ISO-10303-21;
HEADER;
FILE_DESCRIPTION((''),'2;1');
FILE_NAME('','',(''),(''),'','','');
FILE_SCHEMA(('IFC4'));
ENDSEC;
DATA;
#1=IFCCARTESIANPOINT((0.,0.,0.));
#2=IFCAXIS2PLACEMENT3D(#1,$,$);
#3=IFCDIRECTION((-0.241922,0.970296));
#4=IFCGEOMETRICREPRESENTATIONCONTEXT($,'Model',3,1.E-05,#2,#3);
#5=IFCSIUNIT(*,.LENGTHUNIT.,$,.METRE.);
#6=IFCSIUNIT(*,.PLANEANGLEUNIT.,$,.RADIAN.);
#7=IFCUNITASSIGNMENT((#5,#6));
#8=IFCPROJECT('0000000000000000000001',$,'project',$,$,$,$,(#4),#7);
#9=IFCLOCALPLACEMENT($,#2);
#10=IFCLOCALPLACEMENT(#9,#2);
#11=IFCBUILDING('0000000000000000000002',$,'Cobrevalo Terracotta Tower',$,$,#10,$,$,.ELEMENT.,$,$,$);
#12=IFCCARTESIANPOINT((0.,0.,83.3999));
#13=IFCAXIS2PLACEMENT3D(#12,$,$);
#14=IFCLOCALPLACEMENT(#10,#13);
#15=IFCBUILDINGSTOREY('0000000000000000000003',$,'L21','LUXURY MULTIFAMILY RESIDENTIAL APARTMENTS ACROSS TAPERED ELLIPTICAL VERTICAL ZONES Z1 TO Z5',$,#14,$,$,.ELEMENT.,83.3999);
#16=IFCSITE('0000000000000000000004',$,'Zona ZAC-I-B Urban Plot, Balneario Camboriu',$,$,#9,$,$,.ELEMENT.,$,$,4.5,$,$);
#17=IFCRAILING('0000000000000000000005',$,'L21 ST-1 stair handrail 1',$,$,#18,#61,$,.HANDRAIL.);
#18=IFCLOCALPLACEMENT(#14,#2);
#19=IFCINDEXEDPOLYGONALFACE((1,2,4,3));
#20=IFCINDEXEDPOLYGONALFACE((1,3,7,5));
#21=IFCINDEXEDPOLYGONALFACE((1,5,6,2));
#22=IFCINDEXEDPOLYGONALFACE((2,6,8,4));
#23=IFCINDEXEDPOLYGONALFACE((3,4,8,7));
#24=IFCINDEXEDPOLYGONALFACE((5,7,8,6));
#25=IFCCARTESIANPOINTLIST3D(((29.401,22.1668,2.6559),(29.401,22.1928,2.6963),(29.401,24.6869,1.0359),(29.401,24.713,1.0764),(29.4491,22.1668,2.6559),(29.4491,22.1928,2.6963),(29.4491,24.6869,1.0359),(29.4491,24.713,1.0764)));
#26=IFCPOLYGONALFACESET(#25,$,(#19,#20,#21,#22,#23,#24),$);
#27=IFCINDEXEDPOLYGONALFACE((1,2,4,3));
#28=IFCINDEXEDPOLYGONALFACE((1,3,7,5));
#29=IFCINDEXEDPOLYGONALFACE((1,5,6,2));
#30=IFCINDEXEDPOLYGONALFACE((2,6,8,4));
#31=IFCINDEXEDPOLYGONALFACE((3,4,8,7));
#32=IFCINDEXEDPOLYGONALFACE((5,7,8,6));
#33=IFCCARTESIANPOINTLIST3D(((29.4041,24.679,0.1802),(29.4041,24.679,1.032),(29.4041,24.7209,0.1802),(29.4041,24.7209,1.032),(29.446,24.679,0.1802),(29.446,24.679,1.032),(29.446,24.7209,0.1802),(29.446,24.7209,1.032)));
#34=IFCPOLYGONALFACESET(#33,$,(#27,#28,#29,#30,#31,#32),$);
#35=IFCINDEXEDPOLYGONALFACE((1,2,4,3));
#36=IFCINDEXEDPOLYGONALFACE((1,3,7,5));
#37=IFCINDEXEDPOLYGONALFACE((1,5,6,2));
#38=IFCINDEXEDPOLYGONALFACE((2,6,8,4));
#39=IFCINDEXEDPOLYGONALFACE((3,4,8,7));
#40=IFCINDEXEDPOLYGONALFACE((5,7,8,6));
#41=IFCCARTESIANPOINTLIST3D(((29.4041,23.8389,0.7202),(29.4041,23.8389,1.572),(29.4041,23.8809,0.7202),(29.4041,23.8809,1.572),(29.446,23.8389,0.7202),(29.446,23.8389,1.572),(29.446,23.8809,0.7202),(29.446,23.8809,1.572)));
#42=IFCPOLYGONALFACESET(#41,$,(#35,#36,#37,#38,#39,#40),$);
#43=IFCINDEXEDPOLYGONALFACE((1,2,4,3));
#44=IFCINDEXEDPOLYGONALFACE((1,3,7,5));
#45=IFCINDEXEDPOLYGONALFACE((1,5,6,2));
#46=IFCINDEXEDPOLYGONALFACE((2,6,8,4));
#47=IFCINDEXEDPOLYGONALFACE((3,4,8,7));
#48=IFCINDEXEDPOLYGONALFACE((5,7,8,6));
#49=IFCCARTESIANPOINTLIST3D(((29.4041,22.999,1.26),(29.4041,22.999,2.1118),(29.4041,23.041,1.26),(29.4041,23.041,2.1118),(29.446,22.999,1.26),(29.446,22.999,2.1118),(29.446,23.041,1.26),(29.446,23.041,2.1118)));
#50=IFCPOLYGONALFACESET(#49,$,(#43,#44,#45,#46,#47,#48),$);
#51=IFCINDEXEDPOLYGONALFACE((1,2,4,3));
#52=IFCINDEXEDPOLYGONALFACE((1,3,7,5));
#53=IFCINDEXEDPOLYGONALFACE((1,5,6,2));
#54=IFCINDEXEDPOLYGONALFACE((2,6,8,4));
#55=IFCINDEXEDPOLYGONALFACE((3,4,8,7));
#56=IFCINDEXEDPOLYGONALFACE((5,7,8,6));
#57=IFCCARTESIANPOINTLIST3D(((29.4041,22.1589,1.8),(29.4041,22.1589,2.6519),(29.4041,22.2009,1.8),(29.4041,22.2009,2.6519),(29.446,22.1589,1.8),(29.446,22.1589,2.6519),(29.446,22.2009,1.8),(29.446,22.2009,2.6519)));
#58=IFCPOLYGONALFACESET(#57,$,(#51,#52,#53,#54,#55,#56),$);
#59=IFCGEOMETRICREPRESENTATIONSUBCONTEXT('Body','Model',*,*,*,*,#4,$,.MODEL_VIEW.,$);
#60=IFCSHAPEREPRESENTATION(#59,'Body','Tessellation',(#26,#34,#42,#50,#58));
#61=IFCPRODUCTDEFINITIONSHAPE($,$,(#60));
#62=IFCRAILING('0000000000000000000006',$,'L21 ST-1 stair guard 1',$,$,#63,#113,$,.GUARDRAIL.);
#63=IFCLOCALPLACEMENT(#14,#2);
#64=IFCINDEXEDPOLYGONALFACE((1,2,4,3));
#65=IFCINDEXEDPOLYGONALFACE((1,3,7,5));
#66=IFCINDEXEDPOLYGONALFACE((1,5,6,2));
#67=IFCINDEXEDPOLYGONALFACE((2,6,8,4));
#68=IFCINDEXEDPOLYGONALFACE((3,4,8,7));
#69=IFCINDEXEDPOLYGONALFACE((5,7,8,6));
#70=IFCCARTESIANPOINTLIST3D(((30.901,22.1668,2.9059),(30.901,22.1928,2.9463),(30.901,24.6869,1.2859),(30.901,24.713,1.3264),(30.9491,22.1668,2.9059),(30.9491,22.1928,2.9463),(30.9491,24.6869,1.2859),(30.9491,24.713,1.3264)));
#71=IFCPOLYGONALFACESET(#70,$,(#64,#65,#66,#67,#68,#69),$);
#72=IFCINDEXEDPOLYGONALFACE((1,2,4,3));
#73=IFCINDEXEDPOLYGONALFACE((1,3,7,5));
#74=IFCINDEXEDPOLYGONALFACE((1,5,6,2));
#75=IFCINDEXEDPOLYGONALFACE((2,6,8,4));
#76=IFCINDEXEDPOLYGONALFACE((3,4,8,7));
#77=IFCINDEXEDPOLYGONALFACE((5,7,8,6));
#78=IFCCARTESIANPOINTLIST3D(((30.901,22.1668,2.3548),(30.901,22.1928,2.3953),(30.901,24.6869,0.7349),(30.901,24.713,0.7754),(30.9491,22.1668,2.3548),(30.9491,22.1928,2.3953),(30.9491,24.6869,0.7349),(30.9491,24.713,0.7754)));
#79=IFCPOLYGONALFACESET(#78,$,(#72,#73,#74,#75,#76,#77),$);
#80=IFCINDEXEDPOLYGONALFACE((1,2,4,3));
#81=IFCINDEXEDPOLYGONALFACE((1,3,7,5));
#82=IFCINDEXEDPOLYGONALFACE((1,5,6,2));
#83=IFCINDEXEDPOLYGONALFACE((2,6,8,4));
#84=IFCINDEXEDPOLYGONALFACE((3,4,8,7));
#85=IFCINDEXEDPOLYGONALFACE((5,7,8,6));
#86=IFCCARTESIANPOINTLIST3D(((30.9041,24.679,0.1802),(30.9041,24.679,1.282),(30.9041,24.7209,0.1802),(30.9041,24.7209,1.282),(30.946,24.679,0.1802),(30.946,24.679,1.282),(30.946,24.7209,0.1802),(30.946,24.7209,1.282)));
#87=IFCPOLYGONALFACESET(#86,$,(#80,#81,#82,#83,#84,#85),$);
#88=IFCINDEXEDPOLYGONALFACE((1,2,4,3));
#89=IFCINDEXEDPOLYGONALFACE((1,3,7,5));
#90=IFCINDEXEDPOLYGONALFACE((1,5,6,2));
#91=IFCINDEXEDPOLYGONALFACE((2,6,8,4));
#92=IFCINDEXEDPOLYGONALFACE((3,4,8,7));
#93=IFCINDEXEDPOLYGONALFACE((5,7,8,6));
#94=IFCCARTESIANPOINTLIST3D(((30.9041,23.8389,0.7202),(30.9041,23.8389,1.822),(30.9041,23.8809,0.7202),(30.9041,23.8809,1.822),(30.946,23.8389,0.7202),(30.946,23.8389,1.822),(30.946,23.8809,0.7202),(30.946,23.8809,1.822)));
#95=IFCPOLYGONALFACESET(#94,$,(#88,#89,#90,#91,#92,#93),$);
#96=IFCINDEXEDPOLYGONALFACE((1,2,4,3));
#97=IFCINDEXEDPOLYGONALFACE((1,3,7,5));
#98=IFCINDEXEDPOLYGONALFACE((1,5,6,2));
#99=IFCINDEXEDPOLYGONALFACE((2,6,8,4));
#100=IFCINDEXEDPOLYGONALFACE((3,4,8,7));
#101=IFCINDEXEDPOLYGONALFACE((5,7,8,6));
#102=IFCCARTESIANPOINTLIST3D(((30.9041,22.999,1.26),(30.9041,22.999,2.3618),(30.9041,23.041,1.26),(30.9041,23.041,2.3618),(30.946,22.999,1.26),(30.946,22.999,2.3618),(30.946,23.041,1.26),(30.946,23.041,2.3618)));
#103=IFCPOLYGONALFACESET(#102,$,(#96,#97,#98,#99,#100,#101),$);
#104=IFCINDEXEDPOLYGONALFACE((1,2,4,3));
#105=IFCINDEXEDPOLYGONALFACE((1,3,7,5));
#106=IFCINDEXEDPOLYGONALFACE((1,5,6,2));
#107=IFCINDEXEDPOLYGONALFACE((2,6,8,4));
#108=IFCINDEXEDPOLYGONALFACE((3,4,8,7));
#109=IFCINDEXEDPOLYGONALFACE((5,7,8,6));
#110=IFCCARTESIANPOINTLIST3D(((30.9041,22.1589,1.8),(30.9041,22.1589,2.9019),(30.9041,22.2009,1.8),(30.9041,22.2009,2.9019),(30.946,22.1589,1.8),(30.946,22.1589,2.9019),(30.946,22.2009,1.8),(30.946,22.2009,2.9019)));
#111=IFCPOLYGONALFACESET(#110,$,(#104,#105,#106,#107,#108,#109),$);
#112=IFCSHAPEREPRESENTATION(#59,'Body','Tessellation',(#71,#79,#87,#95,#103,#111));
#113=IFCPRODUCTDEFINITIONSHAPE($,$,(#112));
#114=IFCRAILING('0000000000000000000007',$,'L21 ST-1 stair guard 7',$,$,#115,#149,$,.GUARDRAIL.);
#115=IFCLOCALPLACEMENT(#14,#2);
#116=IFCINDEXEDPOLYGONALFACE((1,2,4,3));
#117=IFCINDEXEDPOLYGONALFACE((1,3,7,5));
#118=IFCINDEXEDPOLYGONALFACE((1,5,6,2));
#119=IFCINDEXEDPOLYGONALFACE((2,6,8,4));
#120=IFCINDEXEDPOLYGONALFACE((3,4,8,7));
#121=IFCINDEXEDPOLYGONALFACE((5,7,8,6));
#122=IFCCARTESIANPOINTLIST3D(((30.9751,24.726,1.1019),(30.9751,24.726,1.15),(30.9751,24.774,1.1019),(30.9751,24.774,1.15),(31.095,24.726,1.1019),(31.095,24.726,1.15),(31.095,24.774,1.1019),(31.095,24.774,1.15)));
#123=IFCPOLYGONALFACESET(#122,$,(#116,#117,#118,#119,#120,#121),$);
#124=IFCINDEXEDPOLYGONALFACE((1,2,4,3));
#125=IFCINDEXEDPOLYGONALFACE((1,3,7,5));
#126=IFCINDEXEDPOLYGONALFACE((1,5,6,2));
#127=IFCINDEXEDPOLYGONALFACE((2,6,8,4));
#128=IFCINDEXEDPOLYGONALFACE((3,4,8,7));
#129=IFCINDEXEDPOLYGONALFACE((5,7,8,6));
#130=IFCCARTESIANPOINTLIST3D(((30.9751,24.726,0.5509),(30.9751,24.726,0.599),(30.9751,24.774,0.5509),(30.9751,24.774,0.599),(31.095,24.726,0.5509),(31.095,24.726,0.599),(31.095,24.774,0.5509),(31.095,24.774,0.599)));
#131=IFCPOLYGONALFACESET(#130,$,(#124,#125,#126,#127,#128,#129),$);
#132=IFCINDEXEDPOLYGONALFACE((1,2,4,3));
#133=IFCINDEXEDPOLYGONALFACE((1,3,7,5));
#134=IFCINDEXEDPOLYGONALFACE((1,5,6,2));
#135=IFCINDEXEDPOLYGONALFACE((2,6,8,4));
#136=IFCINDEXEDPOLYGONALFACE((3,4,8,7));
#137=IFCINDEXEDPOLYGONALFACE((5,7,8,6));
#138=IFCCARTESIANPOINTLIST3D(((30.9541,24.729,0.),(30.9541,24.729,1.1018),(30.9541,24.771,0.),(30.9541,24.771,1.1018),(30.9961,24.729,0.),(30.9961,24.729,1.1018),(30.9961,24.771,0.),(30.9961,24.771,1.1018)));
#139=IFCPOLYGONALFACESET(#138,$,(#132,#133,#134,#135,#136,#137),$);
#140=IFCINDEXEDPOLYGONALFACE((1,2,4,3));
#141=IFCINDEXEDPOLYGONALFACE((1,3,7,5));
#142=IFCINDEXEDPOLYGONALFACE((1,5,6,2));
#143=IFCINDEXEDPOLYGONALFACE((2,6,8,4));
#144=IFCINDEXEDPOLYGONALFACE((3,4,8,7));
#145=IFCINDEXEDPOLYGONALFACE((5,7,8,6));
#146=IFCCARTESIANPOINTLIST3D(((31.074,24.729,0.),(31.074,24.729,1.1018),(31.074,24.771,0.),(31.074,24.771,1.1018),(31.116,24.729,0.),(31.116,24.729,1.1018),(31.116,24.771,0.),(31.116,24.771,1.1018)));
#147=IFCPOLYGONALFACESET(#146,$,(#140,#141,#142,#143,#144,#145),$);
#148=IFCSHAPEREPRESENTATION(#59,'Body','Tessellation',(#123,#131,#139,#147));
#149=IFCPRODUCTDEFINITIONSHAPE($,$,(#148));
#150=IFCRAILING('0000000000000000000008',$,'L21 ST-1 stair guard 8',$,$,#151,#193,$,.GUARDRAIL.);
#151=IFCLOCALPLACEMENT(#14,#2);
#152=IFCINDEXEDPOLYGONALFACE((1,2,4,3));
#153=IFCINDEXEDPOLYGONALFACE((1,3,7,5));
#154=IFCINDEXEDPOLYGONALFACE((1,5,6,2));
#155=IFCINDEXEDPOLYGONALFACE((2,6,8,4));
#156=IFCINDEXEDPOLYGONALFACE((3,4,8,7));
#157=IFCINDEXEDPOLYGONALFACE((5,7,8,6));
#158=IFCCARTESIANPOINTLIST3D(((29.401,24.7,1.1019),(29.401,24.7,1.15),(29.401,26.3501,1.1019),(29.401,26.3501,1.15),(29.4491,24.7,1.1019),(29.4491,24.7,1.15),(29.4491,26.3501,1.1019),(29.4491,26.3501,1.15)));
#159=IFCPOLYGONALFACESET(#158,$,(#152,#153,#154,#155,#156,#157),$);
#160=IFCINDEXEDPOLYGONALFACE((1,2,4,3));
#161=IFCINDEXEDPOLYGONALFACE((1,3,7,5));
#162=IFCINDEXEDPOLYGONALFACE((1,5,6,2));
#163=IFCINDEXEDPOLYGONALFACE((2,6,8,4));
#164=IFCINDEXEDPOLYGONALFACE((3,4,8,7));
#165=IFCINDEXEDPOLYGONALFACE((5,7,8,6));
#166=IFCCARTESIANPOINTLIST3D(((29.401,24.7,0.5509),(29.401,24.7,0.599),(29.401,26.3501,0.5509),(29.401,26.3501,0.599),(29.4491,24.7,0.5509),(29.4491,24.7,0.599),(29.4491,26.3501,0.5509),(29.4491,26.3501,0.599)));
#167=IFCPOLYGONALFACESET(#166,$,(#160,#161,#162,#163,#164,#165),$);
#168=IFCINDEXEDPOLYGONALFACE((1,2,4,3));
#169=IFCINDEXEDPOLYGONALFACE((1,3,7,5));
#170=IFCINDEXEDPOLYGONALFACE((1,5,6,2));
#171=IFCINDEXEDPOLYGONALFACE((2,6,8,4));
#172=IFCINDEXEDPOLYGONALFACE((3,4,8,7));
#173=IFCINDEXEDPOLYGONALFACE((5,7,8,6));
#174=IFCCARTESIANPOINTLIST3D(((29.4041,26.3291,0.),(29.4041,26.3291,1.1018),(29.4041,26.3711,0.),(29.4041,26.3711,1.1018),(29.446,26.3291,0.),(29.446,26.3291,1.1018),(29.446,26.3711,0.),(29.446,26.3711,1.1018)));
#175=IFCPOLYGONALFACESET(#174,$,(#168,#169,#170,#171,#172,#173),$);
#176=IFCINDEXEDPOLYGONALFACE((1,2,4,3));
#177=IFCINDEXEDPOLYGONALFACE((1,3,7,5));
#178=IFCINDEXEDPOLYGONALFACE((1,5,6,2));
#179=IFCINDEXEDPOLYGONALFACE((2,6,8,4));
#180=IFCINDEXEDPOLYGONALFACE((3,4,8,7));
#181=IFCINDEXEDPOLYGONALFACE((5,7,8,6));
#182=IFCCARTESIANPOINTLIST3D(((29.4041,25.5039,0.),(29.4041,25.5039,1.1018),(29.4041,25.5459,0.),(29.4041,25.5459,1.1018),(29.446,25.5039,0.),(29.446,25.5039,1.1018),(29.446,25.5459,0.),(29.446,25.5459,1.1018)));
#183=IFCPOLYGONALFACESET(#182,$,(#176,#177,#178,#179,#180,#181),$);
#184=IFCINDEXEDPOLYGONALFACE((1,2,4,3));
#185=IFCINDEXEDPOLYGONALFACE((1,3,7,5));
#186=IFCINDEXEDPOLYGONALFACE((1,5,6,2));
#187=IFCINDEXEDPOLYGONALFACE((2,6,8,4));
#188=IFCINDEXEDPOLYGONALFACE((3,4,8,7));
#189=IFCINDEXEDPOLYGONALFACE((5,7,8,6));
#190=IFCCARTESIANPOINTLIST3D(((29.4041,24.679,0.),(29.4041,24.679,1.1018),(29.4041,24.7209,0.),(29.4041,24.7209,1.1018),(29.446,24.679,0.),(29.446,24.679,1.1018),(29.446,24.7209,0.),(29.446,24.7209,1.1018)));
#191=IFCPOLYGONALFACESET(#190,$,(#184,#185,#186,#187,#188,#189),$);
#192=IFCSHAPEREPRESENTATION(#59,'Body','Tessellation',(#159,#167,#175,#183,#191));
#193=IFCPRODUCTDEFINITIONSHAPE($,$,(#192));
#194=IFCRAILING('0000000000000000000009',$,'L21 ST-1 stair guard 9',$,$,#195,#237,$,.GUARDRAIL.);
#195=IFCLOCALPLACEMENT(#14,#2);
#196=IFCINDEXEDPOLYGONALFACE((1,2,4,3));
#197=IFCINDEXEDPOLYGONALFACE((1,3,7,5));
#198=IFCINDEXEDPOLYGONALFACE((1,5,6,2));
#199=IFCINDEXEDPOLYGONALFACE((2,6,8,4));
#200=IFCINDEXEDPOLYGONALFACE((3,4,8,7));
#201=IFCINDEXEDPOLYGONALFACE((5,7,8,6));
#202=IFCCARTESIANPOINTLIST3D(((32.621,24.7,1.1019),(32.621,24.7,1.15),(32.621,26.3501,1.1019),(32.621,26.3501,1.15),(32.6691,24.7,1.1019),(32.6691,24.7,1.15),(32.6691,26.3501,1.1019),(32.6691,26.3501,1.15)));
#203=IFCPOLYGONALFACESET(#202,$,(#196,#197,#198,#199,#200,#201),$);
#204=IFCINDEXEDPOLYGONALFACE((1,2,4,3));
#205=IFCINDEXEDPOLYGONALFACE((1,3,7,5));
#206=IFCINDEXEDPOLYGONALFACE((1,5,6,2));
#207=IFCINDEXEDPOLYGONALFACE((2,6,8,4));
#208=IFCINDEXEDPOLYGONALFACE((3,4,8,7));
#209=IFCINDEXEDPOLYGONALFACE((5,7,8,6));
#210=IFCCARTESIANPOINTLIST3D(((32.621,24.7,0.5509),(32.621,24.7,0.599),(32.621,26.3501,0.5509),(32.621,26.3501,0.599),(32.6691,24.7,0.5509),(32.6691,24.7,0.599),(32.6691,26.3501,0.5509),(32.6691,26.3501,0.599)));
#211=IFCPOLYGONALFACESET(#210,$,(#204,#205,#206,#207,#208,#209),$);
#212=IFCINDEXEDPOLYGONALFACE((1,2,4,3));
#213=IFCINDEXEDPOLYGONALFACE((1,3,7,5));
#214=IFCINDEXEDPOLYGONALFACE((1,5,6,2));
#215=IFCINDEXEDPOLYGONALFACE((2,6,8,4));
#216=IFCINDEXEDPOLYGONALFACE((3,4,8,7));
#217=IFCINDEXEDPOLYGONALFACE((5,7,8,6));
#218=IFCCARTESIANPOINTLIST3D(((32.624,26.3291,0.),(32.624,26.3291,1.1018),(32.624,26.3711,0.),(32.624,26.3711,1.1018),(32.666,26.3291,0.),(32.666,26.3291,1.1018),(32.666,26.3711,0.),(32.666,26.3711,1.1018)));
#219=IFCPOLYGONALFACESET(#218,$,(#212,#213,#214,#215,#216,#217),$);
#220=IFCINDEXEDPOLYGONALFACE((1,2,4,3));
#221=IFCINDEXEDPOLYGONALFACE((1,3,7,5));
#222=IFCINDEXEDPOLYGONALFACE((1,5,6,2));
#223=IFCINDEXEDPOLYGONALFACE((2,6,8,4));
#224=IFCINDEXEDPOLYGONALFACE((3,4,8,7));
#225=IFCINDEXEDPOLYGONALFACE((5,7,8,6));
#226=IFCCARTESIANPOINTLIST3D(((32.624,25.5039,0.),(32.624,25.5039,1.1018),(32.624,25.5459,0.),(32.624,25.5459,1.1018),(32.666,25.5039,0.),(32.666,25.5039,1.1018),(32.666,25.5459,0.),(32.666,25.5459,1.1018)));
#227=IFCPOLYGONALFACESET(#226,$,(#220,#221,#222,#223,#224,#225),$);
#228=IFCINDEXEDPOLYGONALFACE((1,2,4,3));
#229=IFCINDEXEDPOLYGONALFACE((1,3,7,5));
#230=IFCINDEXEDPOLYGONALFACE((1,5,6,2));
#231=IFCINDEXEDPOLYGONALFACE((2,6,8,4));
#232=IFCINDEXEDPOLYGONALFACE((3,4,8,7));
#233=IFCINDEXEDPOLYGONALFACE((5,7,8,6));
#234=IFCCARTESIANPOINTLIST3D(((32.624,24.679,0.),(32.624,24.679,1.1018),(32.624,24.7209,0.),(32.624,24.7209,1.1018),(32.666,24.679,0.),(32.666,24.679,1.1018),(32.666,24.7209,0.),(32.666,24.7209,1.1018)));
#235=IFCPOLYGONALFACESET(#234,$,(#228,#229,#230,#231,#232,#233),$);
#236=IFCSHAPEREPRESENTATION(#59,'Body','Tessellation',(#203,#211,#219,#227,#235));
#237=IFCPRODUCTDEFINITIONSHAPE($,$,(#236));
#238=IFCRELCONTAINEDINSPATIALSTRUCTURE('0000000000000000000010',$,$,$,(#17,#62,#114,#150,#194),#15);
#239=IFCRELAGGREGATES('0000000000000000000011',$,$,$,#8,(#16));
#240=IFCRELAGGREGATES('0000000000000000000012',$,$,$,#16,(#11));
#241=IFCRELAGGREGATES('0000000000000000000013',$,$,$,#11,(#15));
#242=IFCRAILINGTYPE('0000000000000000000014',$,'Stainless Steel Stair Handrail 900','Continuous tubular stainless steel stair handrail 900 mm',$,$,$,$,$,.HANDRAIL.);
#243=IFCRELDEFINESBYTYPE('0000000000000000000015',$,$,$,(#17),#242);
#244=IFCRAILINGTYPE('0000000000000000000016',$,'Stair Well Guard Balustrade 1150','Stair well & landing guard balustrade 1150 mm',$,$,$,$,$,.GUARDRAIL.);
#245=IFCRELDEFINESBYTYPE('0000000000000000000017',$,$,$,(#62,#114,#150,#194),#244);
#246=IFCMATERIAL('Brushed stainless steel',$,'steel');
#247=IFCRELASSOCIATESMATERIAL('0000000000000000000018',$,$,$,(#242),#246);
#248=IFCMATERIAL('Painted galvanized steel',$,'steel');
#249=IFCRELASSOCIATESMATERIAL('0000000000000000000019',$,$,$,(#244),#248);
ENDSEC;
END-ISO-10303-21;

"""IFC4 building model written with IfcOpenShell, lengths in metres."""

from ifc_helpers import new_model, si_unit, direction, frame, origin, origin_2d, place, context, subcontext, project, spatial, rectangle, extrude, material, type_object, element, save


model = new_model("IFC4")

# Units and contexts
model_context = context("Model", 3, precision=1e-05, world=origin(), true_north=direction((-0.241922, 0.970296)))
body_context = subcontext(model_context, "Body", "Model", "MODEL_VIEW")
ifc_project = project(units=[si_unit("LENGTHUNIT", "METRE"), si_unit("PLANEANGLEUNIT", "RADIAN")], contexts=[model_context])

# Site, building, storey
site_placement = place(None, origin())
site = spatial("IfcSite", under=ifc_project, at=site_placement, Name="Zona ZAC-I-B Urban Plot, Balneario Camboriu", CompositionType="ELEMENT", RefElevation=4.5)
building_placement = place(site_placement, origin())
building = spatial("IfcBuilding", under=site, at=building_placement, Name="Cobrevalo Terracotta Tower", CompositionType="ELEMENT")
storey_placement = place(building_placement, frame((0.0, 0.0, 83.3999)))
storey = spatial("IfcBuildingStorey", under=building, at=storey_placement, Name="L21", Description="LUXURY MULTIFAMILY RESIDENTIAL APARTMENTS ACROSS TAPERED ELLIPTICAL VERTICAL ZONES Z1 TO Z5", CompositionType="ELEMENT", Elevation=83.3999)

# Shared definitions
ifc_material_1 = material(Name="Brushed stainless steel", Category="steel")

# Railings
railing_type_1 = type_object("IfcRailingType", Name="Stainless Steel Stair Handrail 900", Description="Continuous tubular stainless steel stair handrail 900 mm", PredefinedType="HANDRAIL", material=ifc_material_1)
railing_1_placement = place(storey_placement, frame((29.425, 24.7, 0.1802)))
element("IfcRailing", 1, at=railing_1_placement, inside=storey, type_object=railing_type_1, Name="L21 ST-1 stair handrail 1", PredefinedType="HANDRAIL", context=body_context, shape_type="SweptSolid", body=[
    extrude(rectangle(XDim=0.0481, YDim=0.0481, at=origin_2d()), frame((0.0, 0.0, 0.876), z_axis=(0.0, -0.8412, 0.540725), x_axis=(1.0, 0.0, 0.0)), (0.0, 0.0, 1.0), 2.9958),
    extrude(rectangle(XDim=0.042, YDim=0.042, at=origin_2d()), origin(), (0.0, 0.0, 1.0), 0.8518),
    extrude(rectangle(XDim=0.042, YDim=0.042, at=origin_2d()), frame((0.0, -0.8401, 0.54)), (0.0, 0.0, 1.0), 0.8518),
    extrude(rectangle(XDim=0.042, YDim=0.042, at=origin_2d()), frame((0.0, -1.6799, 1.0798)), (0.0, 0.0, 1.0), 0.8518),
    extrude(rectangle(XDim=0.042, YDim=0.042, at=origin_2d()), frame((0.0, -2.52, 1.6199)), (0.0, 0.0, 1.0), 0.8518),
])
ifc_material_2 = material(Name="Painted galvanized steel", Category="steel")
railing_type_2 = type_object("IfcRailingType", Name="Stair Well Guard Balustrade 1150", Description="Stair well & landing guard balustrade 1150 mm", PredefinedType="GUARDRAIL", material=ifc_material_2)
railing_2_placement = place(storey_placement, frame((30.925, 24.7, 0.1802)))
element("IfcRailing", 2, at=railing_2_placement, inside=storey, type_object=railing_type_2, Name="L21 ST-1 stair guard 1", PredefinedType="GUARDRAIL", context=body_context, shape_type="SweptSolid", body=[
    extrude(rectangle(XDim=0.0481, YDim=0.0481, at=origin_2d()), frame((0.0, 0.0, 1.126), z_axis=(0.0, -0.8412, 0.540725), x_axis=(1.0, 0.0, 0.0)), (0.0, 0.0, 1.0), 2.9958),
    extrude(rectangle(XDim=0.0481, YDim=0.0481, at=origin_2d()), frame((0.0, 0.0, 0.575), z_axis=(0.0, -0.8412, 0.540725), x_axis=(1.0, 0.0, 0.0)), (0.0, 0.0, 1.0), 2.9958),
    extrude(rectangle(XDim=0.042, YDim=0.042, at=origin_2d()), origin(), (0.0, 0.0, 1.0), 1.1018),
    extrude(rectangle(XDim=0.042, YDim=0.042, at=origin_2d()), frame((0.0, -0.8401, 0.54)), (0.0, 0.0, 1.0), 1.1018),
    extrude(rectangle(XDim=0.042, YDim=0.042, at=origin_2d()), frame((0.0, -1.6799, 1.0798)), (0.0, 0.0, 1.0), 1.1018),
    extrude(rectangle(XDim=0.042, YDim=0.042, at=origin_2d()), frame((0.0, -2.52, 1.6199)), (0.0, 0.0, 1.0), 1.1018),
])
railing_3_placement = place(storey_placement, frame((30.9751, 24.75, 0.0)))
element("IfcRailing", 3, at=railing_3_placement, inside=storey, type_object=railing_type_2, Name="L21 ST-1 stair guard 7", PredefinedType="GUARDRAIL", context=body_context, shape_type="SweptSolid", body=[
    extrude(rectangle(XDim=0.0481, YDim=0.0481, at=origin_2d()), frame((0.0, 0.0, 1.126), z_axis=(1.0, 0.0, 0.0), x_axis=(0.0, 1.0, 0.0)), (0.0, 0.0, 1.0), 0.1199),
    extrude(rectangle(XDim=0.0481, YDim=0.0481, at=origin_2d()), frame((0.0, 0.0, 0.575), z_axis=(1.0, 0.0, 0.0), x_axis=(0.0, 1.0, 0.0)), (0.0, 0.0, 1.0), 0.1199),
    extrude(rectangle(XDim=0.042, YDim=0.042, at=origin_2d()), origin(), (0.0, 0.0, 1.0), 1.1018),
    extrude(rectangle(XDim=0.042, YDim=0.042, at=origin_2d()), frame((0.1199, 0.0, 0.0)), (0.0, 0.0, 1.0), 1.1018),
])
for number, where, name in (
    (4, (29.425, 26.3501, 0.0), "L21 ST-1 stair guard 8"),
    (5, (32.645, 26.3501, 0.0), "L21 ST-1 stair guard 9"),
):
    element("IfcRailing", number, at=place(storey_placement, frame(where)), inside=storey, type_object=railing_type_2, Name=name, PredefinedType="GUARDRAIL", context=body_context, shape_type="SweptSolid", body=[
        extrude(rectangle(XDim=0.0481, YDim=0.0481, at=origin_2d()), frame((0.0, 0.0, 1.126), z_axis=(0.0, -1.0, 0.0), x_axis=(1.0, 0.0, 0.0)), (0.0, 0.0, 1.0), 1.6501),
        extrude(rectangle(XDim=0.0481, YDim=0.0481, at=origin_2d()), frame((0.0, 0.0, 0.575), z_axis=(0.0, -1.0, 0.0), x_axis=(1.0, 0.0, 0.0)), (0.0, 0.0, 1.0), 1.6501),
        extrude(rectangle(XDim=0.042, YDim=0.042, at=origin_2d()), origin(), (0.0, 0.0, 1.0), 1.1018),
        extrude(rectangle(XDim=0.042, YDim=0.042, at=origin_2d()), frame((0.0, -0.8252, 0.0)), (0.0, 0.0, 1.0), 1.1018),
        extrude(rectangle(XDim=0.042, YDim=0.042, at=origin_2d()), frame((0.0, -1.6501, 0.0)), (0.0, 0.0, 1.0), 1.1018),
    ])

save(model, "model.ifc")
